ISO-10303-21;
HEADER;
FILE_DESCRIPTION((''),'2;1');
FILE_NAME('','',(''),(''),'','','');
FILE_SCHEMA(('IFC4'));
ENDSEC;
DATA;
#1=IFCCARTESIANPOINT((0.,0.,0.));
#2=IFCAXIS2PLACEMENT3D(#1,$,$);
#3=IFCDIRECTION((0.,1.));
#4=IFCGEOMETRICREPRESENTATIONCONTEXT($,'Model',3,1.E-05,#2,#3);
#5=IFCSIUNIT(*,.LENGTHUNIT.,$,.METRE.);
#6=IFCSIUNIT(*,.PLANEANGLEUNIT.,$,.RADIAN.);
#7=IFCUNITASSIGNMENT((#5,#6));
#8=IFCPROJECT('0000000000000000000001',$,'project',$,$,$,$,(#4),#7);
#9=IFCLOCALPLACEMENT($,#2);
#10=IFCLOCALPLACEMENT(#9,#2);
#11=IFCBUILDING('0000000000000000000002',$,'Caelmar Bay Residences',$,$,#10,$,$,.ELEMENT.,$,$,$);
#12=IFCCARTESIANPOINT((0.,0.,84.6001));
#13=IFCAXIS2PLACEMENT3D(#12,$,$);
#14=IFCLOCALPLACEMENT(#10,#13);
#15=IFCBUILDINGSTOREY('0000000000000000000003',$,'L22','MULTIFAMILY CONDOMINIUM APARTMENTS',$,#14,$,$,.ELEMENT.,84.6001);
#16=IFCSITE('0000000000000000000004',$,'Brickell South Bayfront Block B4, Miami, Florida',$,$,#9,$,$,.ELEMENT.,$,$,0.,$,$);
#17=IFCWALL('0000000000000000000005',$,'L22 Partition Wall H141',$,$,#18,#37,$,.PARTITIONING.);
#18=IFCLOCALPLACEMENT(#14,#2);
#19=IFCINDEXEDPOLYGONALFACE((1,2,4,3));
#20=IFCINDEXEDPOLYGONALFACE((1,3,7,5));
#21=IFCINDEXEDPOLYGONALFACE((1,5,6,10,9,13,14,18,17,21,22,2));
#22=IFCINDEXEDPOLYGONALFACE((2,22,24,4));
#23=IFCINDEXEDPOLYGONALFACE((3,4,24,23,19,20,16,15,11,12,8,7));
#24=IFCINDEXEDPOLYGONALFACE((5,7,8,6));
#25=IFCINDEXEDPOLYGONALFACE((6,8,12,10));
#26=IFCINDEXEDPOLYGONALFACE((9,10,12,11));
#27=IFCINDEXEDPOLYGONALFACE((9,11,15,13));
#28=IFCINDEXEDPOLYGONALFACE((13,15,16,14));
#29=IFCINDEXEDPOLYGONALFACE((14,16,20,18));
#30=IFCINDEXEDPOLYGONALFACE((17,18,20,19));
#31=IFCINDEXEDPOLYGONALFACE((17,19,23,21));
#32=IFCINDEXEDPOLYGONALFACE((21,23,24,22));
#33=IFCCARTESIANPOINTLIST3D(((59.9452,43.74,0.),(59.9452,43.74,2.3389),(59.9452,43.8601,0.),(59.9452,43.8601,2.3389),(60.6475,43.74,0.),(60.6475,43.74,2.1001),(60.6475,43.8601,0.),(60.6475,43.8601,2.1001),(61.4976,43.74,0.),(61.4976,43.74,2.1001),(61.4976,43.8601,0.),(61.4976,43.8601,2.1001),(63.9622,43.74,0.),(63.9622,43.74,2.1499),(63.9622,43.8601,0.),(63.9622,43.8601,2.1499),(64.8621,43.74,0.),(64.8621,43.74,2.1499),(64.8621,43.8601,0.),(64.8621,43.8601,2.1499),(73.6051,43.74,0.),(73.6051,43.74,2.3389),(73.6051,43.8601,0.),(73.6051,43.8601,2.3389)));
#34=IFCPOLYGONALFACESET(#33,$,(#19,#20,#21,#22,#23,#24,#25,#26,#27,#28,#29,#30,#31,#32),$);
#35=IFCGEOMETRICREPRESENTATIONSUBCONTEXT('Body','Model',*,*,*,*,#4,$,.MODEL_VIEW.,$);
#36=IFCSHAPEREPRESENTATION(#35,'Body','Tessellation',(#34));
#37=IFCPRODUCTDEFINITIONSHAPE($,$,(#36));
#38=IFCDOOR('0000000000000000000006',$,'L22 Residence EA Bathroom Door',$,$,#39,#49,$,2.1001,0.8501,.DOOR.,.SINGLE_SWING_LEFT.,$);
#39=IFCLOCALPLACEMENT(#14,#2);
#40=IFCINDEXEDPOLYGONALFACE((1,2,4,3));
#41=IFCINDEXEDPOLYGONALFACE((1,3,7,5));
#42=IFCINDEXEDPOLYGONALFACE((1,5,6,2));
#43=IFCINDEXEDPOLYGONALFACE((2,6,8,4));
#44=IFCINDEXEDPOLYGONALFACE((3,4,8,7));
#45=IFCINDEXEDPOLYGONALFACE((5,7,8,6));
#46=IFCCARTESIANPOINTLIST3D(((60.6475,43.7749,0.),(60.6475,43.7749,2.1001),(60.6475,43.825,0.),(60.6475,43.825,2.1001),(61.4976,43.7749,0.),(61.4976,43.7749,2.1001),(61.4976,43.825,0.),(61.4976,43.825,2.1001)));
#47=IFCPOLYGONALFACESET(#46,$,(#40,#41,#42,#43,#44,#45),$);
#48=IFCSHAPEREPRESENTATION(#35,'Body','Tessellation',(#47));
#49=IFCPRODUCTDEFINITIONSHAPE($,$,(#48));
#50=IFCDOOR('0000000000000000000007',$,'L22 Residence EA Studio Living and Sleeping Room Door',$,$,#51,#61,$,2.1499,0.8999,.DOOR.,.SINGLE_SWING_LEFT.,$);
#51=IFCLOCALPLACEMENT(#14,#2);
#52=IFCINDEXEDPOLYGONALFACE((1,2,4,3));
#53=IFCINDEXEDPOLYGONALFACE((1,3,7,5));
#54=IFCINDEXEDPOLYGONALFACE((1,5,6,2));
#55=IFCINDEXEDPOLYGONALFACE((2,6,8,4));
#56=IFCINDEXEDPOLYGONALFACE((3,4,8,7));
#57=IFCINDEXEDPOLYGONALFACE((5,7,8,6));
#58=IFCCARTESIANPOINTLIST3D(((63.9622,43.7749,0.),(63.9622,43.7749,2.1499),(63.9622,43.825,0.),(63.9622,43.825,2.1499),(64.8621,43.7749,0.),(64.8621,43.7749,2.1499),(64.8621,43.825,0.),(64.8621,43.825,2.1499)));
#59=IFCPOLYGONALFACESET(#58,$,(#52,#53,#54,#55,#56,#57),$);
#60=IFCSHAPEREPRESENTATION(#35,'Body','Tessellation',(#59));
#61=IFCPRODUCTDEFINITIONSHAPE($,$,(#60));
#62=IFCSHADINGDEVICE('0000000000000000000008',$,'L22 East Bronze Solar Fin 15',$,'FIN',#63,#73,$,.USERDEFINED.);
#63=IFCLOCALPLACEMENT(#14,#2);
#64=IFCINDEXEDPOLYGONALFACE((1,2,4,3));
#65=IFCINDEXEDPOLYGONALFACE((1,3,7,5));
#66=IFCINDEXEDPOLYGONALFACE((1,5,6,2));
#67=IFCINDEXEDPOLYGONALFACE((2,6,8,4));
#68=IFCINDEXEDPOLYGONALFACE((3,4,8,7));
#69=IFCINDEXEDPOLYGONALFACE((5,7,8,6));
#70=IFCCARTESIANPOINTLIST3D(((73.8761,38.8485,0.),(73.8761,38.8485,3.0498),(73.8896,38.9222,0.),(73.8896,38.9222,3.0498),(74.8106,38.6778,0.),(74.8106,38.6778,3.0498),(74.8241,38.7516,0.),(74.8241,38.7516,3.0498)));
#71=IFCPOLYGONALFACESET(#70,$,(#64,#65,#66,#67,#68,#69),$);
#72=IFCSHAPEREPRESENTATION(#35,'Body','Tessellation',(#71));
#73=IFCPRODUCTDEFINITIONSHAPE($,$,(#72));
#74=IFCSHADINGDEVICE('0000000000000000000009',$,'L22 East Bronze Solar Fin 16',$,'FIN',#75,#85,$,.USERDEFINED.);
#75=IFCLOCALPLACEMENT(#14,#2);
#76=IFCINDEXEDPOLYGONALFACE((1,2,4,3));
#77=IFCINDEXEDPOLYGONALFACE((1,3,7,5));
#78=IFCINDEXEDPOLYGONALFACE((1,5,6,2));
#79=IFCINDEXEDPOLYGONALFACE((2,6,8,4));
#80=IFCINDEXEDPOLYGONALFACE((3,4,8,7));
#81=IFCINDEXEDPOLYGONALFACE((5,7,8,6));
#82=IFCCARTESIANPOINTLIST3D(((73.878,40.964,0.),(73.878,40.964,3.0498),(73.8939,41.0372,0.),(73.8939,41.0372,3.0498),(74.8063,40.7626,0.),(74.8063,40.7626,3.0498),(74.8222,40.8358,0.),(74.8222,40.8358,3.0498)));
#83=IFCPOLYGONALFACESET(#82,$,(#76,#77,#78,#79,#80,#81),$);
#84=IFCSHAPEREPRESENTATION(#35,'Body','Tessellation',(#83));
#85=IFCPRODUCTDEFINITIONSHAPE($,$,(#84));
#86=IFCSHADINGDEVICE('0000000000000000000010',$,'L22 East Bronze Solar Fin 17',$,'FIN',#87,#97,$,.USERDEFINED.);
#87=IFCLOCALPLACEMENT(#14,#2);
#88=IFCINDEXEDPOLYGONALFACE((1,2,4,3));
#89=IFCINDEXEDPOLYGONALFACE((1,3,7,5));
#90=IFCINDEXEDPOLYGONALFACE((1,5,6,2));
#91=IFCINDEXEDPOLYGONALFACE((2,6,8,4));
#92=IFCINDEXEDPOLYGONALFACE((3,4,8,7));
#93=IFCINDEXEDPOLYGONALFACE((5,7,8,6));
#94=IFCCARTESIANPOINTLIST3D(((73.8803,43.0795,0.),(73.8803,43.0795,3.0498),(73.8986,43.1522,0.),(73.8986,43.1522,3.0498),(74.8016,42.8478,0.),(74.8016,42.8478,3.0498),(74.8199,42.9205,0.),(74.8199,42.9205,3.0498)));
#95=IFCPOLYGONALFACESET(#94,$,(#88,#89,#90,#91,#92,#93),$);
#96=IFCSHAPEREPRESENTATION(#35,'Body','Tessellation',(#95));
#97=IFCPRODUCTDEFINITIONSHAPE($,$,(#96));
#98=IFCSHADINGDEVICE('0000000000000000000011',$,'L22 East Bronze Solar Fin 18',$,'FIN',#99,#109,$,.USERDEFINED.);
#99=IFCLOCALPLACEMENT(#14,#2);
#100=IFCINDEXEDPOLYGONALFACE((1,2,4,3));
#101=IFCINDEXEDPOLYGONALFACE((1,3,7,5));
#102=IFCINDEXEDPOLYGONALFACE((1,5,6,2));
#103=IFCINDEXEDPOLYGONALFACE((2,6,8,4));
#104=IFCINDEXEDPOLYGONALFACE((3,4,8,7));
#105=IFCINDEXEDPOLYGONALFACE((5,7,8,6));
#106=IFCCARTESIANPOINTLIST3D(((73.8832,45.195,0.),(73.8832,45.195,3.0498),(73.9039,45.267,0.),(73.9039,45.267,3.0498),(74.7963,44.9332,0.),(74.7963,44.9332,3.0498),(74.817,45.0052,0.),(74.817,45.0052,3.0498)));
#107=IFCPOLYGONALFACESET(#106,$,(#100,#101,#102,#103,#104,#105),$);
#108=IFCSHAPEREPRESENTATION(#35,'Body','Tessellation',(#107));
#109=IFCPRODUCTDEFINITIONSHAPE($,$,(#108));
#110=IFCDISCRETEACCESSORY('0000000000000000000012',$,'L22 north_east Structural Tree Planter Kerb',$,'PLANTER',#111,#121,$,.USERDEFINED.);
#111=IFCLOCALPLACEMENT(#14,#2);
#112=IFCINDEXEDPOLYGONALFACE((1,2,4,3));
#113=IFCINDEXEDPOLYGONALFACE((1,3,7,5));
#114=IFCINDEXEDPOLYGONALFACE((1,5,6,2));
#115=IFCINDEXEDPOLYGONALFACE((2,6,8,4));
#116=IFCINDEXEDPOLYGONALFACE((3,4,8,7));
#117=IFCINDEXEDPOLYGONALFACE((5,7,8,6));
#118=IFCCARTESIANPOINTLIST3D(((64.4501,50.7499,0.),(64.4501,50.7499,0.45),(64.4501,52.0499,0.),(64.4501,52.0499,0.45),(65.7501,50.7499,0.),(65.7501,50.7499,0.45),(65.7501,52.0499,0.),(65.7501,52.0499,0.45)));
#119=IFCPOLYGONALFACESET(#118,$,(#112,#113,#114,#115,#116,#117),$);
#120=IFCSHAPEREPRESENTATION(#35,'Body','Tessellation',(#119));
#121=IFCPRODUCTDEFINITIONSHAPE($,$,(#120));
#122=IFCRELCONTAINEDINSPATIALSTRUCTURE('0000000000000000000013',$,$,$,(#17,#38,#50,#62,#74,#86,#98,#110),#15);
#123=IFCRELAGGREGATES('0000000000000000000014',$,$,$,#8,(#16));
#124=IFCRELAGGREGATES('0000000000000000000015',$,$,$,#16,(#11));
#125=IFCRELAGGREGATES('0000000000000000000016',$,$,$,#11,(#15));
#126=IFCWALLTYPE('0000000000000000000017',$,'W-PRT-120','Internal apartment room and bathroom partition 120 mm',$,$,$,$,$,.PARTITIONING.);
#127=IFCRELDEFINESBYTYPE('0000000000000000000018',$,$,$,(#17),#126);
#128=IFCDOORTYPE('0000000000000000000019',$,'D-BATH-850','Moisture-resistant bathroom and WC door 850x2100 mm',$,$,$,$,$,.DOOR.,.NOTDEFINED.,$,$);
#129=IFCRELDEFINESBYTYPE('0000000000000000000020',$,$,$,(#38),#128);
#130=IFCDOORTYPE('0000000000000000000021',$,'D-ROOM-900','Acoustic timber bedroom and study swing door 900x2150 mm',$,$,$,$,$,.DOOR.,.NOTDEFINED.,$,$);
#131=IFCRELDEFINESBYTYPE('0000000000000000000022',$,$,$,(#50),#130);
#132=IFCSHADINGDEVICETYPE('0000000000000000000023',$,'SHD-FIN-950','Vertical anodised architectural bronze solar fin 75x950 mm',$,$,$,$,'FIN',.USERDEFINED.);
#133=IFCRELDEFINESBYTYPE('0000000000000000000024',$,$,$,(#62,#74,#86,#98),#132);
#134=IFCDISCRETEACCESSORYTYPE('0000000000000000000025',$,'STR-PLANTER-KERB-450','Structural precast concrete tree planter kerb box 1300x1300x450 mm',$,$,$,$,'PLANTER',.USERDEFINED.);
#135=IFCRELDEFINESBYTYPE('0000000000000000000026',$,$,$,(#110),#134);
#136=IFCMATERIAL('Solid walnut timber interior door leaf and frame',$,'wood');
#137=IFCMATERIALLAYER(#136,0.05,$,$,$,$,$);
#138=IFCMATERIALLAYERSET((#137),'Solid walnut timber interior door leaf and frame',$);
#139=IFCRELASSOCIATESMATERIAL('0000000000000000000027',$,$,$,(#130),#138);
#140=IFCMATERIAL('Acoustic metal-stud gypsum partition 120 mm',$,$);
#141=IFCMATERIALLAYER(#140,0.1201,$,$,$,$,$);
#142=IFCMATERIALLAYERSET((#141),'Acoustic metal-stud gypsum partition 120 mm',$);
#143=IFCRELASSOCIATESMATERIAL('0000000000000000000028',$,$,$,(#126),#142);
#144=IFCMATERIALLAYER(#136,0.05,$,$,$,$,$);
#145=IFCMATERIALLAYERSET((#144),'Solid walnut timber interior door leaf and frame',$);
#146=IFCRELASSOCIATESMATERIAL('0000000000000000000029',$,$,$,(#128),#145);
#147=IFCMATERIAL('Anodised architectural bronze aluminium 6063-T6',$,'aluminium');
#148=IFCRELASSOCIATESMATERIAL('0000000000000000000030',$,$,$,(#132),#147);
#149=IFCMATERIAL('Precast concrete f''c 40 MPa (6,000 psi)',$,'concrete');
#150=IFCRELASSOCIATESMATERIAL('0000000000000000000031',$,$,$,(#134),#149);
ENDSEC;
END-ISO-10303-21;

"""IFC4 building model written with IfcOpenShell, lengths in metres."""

from ifc_helpers import new_model, si_unit, direction, frame, frame_2d, origin, origin_2d, place, context, subcontext, project, spatial, rectangle, extrude, material, layer, layer_set, material_profile, profile_set, type_object, element, fill, save


model = new_model("IFC4")

# Units and contexts
model_context = context("Model", 3, precision=1e-05, world=origin(), true_north=direction((0.0, 1.0)))
body_context = subcontext(model_context, "Body", "Model", "MODEL_VIEW")
ifc_project = project(units=[si_unit("LENGTHUNIT", "METRE"), si_unit("PLANEANGLEUNIT", "RADIAN")], contexts=[model_context])

# Site, building, storey
site_placement = place(None, origin())
site = spatial("IfcSite", under=ifc_project, at=site_placement, Name="Brickell South Bayfront Block B4, Miami, Florida", CompositionType="ELEMENT", RefElevation=0.0)
building_placement = place(site_placement, origin())
building = spatial("IfcBuilding", under=site, at=building_placement, Name="Caelmar Bay Residences", CompositionType="ELEMENT")
storey_placement = place(building_placement, frame((0.0, 0.0, 84.6001)))
storey = spatial("IfcBuildingStorey", under=building, at=storey_placement, Name="L22", Description="MULTIFAMILY CONDOMINIUM APARTMENTS", CompositionType="ELEMENT", Elevation=84.6001)

# Shared definitions
ifc_material_1 = material(Name="Precast concrete f'c 40 MPa (6,000 psi)", Category="concrete")

# Shared definitions
ifc_material_2 = material(Name="Solid walnut timber interior door leaf and frame", Category="wood")
ifc_layer_1 = layer(ifc_material_2, 0.05)
ifc_layer_set_1 = layer_set([ifc_layer_1], Name="Solid walnut timber interior door leaf and frame")
door_type_1 = type_object("IfcDoorType", Name="D-ROOM-900", Description="Acoustic timber bedroom and study swing door 900x2150 mm", OperationType="NOTDEFINED", PredefinedType="DOOR", material=ifc_layer_set_1)
ifc_material_3 = material(Name="Acoustic metal-stud gypsum partition 120 mm")
ifc_layer_2 = layer(ifc_material_3, 0.1201)
ifc_layer_set_2 = layer_set([ifc_layer_2], Name="Acoustic metal-stud gypsum partition 120 mm")
wall_type_1 = type_object("IfcWallType", Name="W-PRT-120", Description="Internal apartment room and bathroom partition 120 mm", PredefinedType="PARTITIONING", material=ifc_layer_set_2)

# Wall, openings, doors
wall_1_placement = place(storey_placement, frame((59.9451, 43.8, 0.0), z_axis=(0.0, 0.0, 1.0), x_axis=(1.0, 0.0, 0.0)))
wall_1 = element("IfcWall", 1, at=wall_1_placement, inside=storey, type_object=wall_type_1, Name="L22 Partition Wall H141", PredefinedType="PARTITIONING", context=body_context, shape_type="SweptSolid", body=[
    extrude(rectangle(XDim=13.6599, YDim=0.1201, at=frame_2d((6.8301, 0.0))), origin(), (0.0, 0.0, 1.0), 2.3389),
])
opening_1_placement = place(wall_1_placement, frame((4.0171, 0.0, 0.0)))
opening_1 = element("IfcOpeningElement", 2, at=opening_1_placement, cuts=wall_1, PredefinedType="OPENING", context=body_context, shape_type="SweptSolid", body=[
    extrude(rectangle(XDim=0.8999, YDim=2.1499, at=frame_2d((0.45, 1.075))), frame((0.0, 0.0701, 0.0), z_axis=(0.0, -1.0, 0.0), x_axis=(1.0, 0.0, 0.0)), (0.0, 0.0, 1.0), 0.1401),
])
opening_2_placement = place(wall_1_placement, frame((0.7024, 0.0, 0.0)))
opening_2 = element("IfcOpeningElement", 3, at=opening_2_placement, cuts=wall_1, PredefinedType="OPENING", context=body_context, shape_type="SweptSolid", body=[
    extrude(rectangle(XDim=0.8501, YDim=2.1001, at=frame_2d((0.425, 1.05))), frame((0.0, 0.0701, 0.0), z_axis=(0.0, -1.0, 0.0), x_axis=(1.0, 0.0, 0.0)), (0.0, 0.0, 1.0), 0.1401),
])
ifc_layer_3 = layer(ifc_material_2, 0.05)
ifc_layer_set_3 = layer_set([ifc_layer_3], Name="Solid walnut timber interior door leaf and frame")
door_type_2 = type_object("IfcDoorType", Name="D-BATH-850", Description="Moisture-resistant bathroom and WC door 850x2100 mm", OperationType="NOTDEFINED", PredefinedType="DOOR", material=ifc_layer_set_3)
door_1_placement = place(opening_2_placement, origin())
door_1 = element("IfcDoor", 4, at=door_1_placement, inside=storey, type_object=door_type_2, Name="L22 Residence EA Bathroom Door", OperationType="SINGLE_SWING_LEFT", OverallHeight=2.1001, OverallWidth=0.8501, PredefinedType="DOOR", context=body_context, shape_type="SweptSolid", body=[
    extrude(rectangle(XDim=0.8501, YDim=2.1001, at=frame_2d((0.425, 1.05))), frame((0.0, 0.0249, 0.0), z_axis=(0.0, -1.0, 0.0), x_axis=(1.0, 0.0, 0.0)), (0.0, 0.0, 1.0), 0.05),
])
fill(opening_2, door_1)
door_2_placement = place(opening_1_placement, origin())
door_2 = element("IfcDoor", 5, at=door_2_placement, inside=storey, type_object=door_type_1, Name="L22 Residence EA Studio Living and Sleeping Room Door", OperationType="SINGLE_SWING_LEFT", OverallHeight=2.1499, OverallWidth=0.8999, PredefinedType="DOOR", context=body_context, shape_type="SweptSolid", body=[
    extrude(rectangle(XDim=0.8999, YDim=2.1499, at=frame_2d((0.45, 1.075))), frame((0.0, 0.0249, 0.0), z_axis=(0.0, -1.0, 0.0), x_axis=(1.0, 0.0, 0.0)), (0.0, 0.0, 1.0), 0.05),
])
fill(opening_1, door_2)

# Shading devices
ifc_material_4 = material(Name="Anodised architectural bronze aluminium 6063-T6", Category="aluminium")
ifc_material_profile_1 = material_profile(ifc_material_4, rectangle(XDim=0.075, YDim=0.95, at=origin_2d()), Name="BRONZE-FIN-75X950")
ifc_profile_set_1 = profile_set([ifc_material_profile_1], Name="Anodised architectural bronze aluminium 6063-T6")
shading_device_type = type_object("IfcShadingDeviceType", Name="SHD-FIN-950", Description="Vertical anodised architectural bronze solar fin 75x950 mm", ElementType="FIN", PredefinedType="USERDEFINED", material=ifc_profile_set_1)
for number, where, z_axis, x_axis, name in (
    (6, (74.3501, 38.8, 0.0), (0.0, 0.0, 1.0), (0.179661, 0.983729, 0.0), "L22 East Bronze Solar Fin 15"),
    (7, (74.3501, 40.8999, 0.0), (0.0, 0.0, 1.0), (0.212007, 0.977268, 0.0), "L22 East Bronze Solar Fin 16"),
    (8, (74.3501, 43.0, 0.0), (0.0, 0.0, 1.0), (0.243954, 0.969787, 0.0), "L22 East Bronze Solar Fin 17"),
    (9, (74.3501, 45.1001, 0.0), (0.0, 0.0, 1.0), (0.275637, 0.961262, 0.0), "L22 East Bronze Solar Fin 18"),
):
    element("IfcShadingDevice", number, at=place(storey_placement, frame(where, z_axis=z_axis, x_axis=x_axis)), inside=storey, type_object=shading_device_type, Name=name, ObjectType="FIN", PredefinedType="USERDEFINED", context=body_context, shape_type="SweptSolid", body=[
        extrude(rectangle(XDim=0.075, YDim=0.95, at=origin_2d()), origin(), (0.0, 0.0, 1.0), 3.0498),
    ])

# Discrete accessory
discrete_accessory_type = type_object("IfcDiscreteAccessoryType", Name="STR-PLANTER-KERB-450", Description="Structural precast concrete tree planter kerb box 1300x1300x450 mm", ElementType="PLANTER", PredefinedType="USERDEFINED", material=ifc_material_1)
discrete_accessory_placement = place(storey_placement, frame((65.1001, 51.3999, 0.0), z_axis=(0.0, 0.0, 1.0), x_axis=(1.0, 0.0, 0.0)))
element("IfcDiscreteAccessory", 10, at=discrete_accessory_placement, inside=storey, type_object=discrete_accessory_type, Name="L22 north_east Structural Tree Planter Kerb", ObjectType="PLANTER", PredefinedType="USERDEFINED", context=body_context, shape_type="SweptSolid", body=[
    extrude(rectangle(XDim=1.3, YDim=1.3, at=origin_2d()), origin(), (0.0, 0.0, 1.0), 0.45),
])

save(model, "model.ifc")
